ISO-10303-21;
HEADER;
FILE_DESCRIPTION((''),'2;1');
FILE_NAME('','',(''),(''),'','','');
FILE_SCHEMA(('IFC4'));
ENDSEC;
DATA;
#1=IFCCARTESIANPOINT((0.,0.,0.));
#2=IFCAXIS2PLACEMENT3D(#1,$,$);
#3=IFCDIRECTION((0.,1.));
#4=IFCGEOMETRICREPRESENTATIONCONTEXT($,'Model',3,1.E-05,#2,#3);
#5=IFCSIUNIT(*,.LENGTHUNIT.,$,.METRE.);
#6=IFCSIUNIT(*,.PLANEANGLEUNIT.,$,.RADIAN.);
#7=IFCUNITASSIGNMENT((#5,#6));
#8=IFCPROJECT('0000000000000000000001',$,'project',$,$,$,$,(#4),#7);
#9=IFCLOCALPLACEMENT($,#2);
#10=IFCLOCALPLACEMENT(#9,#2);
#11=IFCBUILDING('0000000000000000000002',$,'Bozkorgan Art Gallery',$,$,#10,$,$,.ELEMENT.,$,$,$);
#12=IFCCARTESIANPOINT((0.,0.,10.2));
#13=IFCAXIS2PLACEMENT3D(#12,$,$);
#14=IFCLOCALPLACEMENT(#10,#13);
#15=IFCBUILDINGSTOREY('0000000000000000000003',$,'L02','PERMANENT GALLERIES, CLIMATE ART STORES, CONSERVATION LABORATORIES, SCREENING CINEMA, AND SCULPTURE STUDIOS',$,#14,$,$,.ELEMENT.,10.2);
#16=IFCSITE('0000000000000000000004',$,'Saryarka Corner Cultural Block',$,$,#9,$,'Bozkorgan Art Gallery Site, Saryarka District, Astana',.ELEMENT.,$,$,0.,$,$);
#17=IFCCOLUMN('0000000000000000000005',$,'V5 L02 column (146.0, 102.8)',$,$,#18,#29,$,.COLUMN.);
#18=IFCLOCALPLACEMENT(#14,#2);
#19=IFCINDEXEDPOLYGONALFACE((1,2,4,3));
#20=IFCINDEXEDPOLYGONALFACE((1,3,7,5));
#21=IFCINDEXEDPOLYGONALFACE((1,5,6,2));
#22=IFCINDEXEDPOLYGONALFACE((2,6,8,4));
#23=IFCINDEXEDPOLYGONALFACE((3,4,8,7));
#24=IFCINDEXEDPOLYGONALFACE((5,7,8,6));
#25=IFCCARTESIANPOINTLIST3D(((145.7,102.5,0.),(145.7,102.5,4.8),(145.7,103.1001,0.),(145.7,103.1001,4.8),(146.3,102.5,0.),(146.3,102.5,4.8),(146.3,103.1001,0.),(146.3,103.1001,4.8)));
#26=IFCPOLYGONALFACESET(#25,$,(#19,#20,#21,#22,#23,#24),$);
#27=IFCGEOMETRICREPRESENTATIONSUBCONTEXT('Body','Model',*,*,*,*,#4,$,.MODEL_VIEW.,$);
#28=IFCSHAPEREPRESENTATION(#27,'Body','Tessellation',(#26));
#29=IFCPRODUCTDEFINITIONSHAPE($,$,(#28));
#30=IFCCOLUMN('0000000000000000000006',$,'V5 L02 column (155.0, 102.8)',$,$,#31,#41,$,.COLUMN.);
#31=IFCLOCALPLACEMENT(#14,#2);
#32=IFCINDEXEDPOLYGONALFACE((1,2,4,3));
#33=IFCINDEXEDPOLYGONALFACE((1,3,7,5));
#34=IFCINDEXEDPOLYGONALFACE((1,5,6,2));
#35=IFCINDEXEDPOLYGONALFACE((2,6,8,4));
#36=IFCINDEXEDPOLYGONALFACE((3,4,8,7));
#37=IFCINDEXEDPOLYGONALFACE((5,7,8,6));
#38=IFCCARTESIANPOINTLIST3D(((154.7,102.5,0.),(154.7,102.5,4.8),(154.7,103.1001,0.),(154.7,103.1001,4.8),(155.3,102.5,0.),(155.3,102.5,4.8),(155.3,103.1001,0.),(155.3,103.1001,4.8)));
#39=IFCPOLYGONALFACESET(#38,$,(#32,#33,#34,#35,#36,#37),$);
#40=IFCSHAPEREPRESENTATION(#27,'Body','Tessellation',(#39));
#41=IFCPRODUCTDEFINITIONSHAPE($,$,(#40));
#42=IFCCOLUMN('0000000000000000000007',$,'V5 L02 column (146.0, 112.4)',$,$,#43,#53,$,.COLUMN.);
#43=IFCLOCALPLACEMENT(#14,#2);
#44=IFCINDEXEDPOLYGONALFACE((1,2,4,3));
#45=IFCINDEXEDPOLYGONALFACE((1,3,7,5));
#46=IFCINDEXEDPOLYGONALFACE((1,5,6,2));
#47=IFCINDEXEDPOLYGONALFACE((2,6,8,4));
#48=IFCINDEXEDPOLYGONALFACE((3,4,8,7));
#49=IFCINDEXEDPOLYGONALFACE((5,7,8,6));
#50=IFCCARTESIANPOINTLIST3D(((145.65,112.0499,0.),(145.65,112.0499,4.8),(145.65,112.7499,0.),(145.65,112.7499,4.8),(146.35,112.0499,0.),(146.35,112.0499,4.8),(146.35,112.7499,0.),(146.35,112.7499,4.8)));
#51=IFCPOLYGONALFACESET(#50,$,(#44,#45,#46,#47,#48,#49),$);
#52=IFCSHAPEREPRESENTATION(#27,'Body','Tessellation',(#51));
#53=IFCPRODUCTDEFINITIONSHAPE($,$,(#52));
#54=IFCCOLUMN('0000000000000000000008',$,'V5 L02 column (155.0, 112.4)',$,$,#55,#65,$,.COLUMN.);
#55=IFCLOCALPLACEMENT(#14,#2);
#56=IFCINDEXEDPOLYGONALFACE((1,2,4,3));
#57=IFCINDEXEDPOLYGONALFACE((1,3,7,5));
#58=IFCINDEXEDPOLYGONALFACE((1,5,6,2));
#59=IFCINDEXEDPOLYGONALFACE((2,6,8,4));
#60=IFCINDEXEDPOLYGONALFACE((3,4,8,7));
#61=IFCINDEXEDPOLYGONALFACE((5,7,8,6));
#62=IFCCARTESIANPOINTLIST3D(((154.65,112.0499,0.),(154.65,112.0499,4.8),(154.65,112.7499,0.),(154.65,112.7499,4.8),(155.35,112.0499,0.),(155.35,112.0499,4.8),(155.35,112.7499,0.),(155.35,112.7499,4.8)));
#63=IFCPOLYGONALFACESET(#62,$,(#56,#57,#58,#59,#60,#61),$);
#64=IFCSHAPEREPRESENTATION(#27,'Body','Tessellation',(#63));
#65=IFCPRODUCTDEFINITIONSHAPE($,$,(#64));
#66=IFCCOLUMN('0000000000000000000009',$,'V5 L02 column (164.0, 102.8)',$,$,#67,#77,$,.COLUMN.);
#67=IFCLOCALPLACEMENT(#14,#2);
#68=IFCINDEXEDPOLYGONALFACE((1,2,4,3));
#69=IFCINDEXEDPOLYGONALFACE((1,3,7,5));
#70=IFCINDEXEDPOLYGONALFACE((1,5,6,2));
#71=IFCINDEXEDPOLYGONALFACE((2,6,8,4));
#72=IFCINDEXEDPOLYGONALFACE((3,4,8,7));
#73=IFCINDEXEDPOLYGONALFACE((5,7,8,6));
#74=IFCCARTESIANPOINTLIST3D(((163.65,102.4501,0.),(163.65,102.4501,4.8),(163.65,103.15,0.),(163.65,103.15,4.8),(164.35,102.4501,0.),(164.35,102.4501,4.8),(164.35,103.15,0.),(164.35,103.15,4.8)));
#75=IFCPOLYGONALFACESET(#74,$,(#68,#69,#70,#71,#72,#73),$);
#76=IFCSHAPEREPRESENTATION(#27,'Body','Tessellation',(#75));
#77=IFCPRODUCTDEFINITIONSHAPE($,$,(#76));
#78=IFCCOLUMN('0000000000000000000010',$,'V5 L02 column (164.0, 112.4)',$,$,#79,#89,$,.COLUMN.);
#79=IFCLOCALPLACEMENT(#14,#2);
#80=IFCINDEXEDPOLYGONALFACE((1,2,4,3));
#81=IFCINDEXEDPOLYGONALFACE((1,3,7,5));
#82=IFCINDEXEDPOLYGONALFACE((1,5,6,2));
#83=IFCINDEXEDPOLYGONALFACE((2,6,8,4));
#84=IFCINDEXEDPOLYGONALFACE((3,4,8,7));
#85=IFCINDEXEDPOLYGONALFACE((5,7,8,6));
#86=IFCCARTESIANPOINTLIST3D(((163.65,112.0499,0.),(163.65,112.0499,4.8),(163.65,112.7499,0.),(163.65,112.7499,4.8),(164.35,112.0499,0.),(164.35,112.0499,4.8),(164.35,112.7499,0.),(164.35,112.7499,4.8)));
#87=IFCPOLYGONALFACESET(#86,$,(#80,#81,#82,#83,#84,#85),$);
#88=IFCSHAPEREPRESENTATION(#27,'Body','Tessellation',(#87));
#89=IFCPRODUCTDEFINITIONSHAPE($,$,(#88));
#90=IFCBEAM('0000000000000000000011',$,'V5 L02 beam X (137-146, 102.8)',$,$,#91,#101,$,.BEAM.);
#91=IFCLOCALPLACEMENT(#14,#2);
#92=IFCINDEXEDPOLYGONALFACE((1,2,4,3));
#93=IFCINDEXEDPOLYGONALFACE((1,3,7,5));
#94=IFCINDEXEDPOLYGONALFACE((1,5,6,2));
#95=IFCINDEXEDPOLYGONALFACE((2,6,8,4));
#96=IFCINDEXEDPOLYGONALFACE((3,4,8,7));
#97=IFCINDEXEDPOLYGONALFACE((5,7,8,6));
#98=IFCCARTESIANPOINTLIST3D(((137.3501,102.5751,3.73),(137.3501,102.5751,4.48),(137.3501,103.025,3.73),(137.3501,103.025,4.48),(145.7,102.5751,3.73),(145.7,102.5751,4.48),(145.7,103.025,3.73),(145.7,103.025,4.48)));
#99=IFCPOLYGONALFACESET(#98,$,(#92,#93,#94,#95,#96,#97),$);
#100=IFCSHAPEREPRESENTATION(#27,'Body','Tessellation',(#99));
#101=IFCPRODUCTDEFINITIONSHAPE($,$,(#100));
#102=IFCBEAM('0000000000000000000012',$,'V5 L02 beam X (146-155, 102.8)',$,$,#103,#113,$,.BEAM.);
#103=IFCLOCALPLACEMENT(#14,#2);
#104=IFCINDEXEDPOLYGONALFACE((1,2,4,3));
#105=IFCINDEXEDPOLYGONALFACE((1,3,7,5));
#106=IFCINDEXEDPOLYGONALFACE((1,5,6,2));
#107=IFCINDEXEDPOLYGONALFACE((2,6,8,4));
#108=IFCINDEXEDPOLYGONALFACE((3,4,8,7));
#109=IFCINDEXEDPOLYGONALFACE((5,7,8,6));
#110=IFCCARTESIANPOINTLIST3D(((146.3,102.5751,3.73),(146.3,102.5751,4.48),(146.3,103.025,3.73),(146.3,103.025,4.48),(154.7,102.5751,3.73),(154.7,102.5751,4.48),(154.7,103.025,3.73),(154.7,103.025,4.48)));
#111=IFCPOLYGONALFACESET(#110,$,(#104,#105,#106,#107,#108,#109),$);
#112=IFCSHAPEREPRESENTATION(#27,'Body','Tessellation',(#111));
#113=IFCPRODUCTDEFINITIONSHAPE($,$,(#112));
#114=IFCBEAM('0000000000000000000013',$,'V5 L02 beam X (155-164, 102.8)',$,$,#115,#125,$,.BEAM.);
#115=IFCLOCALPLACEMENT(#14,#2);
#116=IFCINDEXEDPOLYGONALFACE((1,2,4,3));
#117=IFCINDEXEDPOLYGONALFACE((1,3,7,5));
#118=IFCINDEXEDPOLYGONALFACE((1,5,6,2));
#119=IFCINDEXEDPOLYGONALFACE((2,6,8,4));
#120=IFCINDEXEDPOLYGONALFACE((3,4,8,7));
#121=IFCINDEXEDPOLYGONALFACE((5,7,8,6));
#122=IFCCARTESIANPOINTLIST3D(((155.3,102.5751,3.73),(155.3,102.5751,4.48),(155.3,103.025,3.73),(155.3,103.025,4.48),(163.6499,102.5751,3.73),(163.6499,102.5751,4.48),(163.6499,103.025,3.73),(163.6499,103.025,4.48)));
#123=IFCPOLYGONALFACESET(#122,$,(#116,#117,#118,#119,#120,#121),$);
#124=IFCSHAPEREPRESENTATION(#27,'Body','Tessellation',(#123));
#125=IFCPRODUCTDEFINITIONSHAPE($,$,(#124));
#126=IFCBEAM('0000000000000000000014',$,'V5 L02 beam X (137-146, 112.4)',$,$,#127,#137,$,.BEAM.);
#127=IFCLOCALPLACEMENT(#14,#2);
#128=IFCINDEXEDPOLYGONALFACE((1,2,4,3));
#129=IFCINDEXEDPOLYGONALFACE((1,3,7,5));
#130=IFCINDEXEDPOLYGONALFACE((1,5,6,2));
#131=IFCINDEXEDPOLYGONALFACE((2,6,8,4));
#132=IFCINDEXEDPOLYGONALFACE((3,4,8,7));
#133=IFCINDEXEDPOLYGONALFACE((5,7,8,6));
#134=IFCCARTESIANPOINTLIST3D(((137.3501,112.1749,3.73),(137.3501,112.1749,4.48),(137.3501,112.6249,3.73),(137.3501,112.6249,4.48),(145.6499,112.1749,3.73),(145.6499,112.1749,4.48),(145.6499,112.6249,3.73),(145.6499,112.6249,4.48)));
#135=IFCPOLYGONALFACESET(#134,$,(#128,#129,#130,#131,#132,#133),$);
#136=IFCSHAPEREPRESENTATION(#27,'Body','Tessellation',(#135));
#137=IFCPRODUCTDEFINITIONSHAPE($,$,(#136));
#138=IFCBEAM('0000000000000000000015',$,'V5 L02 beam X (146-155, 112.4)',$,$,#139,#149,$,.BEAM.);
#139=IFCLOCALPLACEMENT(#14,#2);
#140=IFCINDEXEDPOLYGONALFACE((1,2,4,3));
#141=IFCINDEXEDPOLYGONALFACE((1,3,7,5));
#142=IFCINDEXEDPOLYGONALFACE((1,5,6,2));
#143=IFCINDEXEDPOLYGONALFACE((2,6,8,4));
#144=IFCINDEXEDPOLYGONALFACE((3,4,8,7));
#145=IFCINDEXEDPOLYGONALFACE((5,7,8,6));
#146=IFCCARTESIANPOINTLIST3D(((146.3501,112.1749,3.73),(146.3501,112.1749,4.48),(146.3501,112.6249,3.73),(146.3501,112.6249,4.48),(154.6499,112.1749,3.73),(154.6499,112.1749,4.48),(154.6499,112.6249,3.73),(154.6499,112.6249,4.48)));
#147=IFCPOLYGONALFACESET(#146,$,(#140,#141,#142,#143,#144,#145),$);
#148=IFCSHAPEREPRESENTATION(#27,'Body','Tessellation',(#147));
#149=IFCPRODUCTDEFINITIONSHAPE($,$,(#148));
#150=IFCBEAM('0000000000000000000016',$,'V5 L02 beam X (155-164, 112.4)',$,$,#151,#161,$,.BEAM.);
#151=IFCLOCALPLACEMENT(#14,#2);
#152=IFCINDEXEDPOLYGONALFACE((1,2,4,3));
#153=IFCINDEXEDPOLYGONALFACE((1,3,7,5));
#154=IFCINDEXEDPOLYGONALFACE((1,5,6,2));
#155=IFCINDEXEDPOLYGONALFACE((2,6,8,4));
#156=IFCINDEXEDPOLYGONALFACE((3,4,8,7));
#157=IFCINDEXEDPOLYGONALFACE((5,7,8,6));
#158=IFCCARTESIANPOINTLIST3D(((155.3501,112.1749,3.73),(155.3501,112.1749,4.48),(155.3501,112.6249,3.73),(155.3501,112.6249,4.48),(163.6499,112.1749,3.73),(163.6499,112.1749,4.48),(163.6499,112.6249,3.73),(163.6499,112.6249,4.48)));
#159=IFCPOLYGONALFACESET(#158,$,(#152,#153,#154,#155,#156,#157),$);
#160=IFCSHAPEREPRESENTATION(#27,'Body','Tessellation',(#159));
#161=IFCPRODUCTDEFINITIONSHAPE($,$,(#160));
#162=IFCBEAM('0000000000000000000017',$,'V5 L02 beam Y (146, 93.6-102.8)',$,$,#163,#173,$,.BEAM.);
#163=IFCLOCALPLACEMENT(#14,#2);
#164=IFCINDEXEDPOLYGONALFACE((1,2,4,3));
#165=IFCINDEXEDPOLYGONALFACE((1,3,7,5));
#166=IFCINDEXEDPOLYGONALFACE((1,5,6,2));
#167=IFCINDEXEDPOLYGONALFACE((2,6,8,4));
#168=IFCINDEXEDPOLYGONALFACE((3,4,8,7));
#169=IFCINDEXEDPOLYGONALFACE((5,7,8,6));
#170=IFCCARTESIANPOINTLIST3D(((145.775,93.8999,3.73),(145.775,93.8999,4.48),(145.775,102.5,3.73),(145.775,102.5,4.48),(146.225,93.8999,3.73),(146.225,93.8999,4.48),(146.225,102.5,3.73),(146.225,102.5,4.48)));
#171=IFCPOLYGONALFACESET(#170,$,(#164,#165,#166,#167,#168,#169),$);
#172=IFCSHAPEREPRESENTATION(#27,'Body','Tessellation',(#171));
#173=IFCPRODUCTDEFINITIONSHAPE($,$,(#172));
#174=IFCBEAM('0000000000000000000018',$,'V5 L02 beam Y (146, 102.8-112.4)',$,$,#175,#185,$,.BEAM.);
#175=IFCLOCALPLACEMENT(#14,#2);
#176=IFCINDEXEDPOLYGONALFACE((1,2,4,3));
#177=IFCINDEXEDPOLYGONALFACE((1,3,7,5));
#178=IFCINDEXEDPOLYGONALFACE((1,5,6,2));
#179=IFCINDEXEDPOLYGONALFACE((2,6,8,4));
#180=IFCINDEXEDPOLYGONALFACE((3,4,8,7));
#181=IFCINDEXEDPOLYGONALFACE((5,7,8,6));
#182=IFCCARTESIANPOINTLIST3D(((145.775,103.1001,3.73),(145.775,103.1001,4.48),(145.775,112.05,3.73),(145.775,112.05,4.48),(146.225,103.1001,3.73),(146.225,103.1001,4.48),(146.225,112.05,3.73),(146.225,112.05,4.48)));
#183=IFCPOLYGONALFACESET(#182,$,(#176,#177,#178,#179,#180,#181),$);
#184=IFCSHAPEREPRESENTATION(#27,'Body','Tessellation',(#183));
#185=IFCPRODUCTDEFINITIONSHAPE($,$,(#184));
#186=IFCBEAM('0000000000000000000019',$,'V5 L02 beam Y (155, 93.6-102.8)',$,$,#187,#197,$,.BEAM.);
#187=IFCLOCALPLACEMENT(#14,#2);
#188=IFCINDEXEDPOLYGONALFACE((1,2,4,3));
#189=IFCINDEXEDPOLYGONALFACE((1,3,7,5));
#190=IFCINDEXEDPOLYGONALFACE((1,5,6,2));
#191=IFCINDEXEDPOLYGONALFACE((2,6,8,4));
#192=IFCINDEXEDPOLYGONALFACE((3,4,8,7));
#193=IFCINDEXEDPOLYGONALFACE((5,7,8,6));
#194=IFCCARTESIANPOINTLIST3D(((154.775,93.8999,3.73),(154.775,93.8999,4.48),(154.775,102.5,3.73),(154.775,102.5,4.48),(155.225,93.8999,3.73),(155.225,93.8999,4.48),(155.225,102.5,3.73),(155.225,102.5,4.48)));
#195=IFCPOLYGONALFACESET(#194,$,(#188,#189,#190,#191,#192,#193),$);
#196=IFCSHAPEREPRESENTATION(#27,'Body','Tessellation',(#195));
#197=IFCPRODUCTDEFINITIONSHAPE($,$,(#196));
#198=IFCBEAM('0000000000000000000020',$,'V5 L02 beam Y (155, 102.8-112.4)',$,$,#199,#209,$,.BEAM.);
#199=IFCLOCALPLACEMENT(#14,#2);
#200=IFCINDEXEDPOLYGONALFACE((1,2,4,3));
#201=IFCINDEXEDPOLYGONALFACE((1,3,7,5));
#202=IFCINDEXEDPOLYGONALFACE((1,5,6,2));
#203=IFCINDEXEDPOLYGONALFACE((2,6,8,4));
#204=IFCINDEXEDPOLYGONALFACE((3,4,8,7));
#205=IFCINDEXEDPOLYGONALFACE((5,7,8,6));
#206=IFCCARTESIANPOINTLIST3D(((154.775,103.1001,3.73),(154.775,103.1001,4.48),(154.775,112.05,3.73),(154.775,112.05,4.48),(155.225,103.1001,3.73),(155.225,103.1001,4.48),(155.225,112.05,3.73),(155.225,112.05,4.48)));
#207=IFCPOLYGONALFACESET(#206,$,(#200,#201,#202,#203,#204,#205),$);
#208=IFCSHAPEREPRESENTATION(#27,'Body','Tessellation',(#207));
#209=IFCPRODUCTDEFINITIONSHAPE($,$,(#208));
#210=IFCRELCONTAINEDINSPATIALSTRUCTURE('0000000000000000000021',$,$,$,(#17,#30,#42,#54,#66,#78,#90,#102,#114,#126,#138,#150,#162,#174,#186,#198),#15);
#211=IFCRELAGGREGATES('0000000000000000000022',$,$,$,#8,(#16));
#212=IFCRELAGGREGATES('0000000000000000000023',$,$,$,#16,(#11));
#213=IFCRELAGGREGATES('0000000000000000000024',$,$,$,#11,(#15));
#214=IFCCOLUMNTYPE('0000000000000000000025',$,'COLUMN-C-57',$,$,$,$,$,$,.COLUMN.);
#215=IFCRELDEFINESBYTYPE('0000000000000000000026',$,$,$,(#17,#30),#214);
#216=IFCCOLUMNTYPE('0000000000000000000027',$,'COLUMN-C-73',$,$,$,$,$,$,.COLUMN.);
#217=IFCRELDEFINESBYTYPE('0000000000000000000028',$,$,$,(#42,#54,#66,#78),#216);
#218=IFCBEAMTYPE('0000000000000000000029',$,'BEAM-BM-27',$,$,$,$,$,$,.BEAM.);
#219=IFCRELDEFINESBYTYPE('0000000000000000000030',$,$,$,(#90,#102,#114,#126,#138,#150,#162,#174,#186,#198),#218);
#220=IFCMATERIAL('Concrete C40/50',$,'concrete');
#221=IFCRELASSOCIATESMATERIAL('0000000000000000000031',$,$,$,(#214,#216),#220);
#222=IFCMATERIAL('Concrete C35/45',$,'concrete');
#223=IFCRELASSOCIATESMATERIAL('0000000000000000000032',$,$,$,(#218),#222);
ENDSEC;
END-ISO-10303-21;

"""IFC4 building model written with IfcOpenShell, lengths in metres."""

from ifc_helpers import new_model, si_unit, direction, frame, origin, origin_2d, place, context, subcontext, project, spatial, rectangle, extrude, material, material_profile, profile_set, type_object, element, save


model = new_model("IFC4")

# Units and contexts
model_context = context("Model", 3, precision=1e-05, world=origin(), true_north=direction((0.0, 1.0)))
body_context = subcontext(model_context, "Body", "Model", "MODEL_VIEW")
ifc_project = project(units=[si_unit("LENGTHUNIT", "METRE"), si_unit("PLANEANGLEUNIT", "RADIAN")], contexts=[model_context])

# Site, building, storey
site_placement = place(None, origin())
site = spatial("IfcSite", under=ifc_project, at=site_placement, Name="Saryarka Corner Cultural Block", LongName="Bozkorgan Art Gallery Site, Saryarka District, Astana", CompositionType="ELEMENT", RefElevation=0.0)
building_placement = place(site_placement, origin())
building = spatial("IfcBuilding", under=site, at=building_placement, Name="Bozkorgan Art Gallery", CompositionType="ELEMENT")
storey_placement = place(building_placement, frame((0.0, 0.0, 10.2)))
storey = spatial("IfcBuildingStorey", under=building, at=storey_placement, Name="L02", Description="PERMANENT GALLERIES, CLIMATE ART STORES, CONSERVATION LABORATORIES, SCREENING CINEMA, AND SCULPTURE STUDIOS", CompositionType="ELEMENT", Elevation=10.2)

# Columns
ifc_material_1 = material(Name="Concrete C40/50", Category="concrete")
ifc_material_profile_1 = material_profile(ifc_material_1, rectangle(XDim=0.6001, YDim=0.6001, at=origin_2d()), Name="RC 600x600")
ifc_profile_set_1 = profile_set([ifc_material_profile_1], Name="Concrete C40/50")
column_type_1 = type_object("IfcColumnType", Name="COLUMN-C-57", PredefinedType="COLUMN", material=ifc_profile_set_1)
for number, where, z_axis, x_axis, name in (
    (1, (146.0, 102.8, 0.0), (0.0, 0.0, 1.0), (1.0, 0.0, 0.0), "V5 L02 column (146.0, 102.8)"),
    (2, (155.0, 102.8, 0.0), (0.0, 0.0, 1.0), (1.0, 0.0, 0.0), "V5 L02 column (155.0, 102.8)"),
):
    element("IfcColumn", number, at=place(storey_placement, frame(where, z_axis=z_axis, x_axis=x_axis)), inside=storey, type_object=column_type_1, Name=name, PredefinedType="COLUMN", context=body_context, shape_type="SweptSolid", body=[
        extrude(rectangle(XDim=0.6001, YDim=0.6001, at=origin_2d()), origin(), (0.0, 0.0, 1.0), 4.8),
    ])
ifc_material_profile_2 = material_profile(ifc_material_1, rectangle(XDim=0.7, YDim=0.7, at=origin_2d()), Name="RC 700x700")
ifc_profile_set_2 = profile_set([ifc_material_profile_2], Name="Concrete C40/50")
column_type_2 = type_object("IfcColumnType", Name="COLUMN-C-73", PredefinedType="COLUMN", material=ifc_profile_set_2)
for number, where, z_axis, x_axis, name in (
    (3, (146.0, 112.3999, 0.0), (0.0, 0.0, 1.0), (1.0, 0.0, 0.0), "V5 L02 column (146.0, 112.4)"),
    (4, (155.0, 112.3999, 0.0), (0.0, 0.0, 1.0), (1.0, 0.0, 0.0), "V5 L02 column (155.0, 112.4)"),
    (5, (164.0, 102.8, 0.0), (0.0, 0.0, 1.0), (1.0, 0.0, 0.0), "V5 L02 column (164.0, 102.8)"),
    (6, (164.0, 112.3999, 0.0), (0.0, 0.0, 1.0), (1.0, 0.0, 0.0), "V5 L02 column (164.0, 112.4)"),
):
    element("IfcColumn", number, at=place(storey_placement, frame(where, z_axis=z_axis, x_axis=x_axis)), inside=storey, type_object=column_type_2, Name=name, PredefinedType="COLUMN", context=body_context, shape_type="SweptSolid", body=[
        extrude(rectangle(XDim=0.7, YDim=0.7, at=origin_2d()), origin(), (0.0, 0.0, 1.0), 4.8),
    ])

# Beams
ifc_material_2 = material(Name="Concrete C35/45", Category="concrete")
ifc_material_profile_3 = material_profile(ifc_material_2, rectangle(XDim=0.45, YDim=0.75, at=origin_2d()), Name="RC 450x750")
ifc_profile_set_3 = profile_set([ifc_material_profile_3], Name="Concrete C35/45")
beam_type_1 = type_object("IfcBeamType", Name="BEAM-BM-27", PredefinedType="BEAM", material=ifc_profile_set_3)
beam_1_placement = place(storey_placement, frame((137.3501, 102.8, 4.105), z_axis=(1.0, 0.0, 0.0), x_axis=(0.0, 1.0, 0.0)))
element("IfcBeam", 7, at=beam_1_placement, inside=storey, type_object=beam_type_1, Name="V5 L02 beam X (137-146, 102.8)", PredefinedType="BEAM", context=body_context, shape_type="SweptSolid", body=[
    extrude(rectangle(XDim=0.45, YDim=0.75, at=origin_2d()), origin(), (0.0, 0.0, 1.0), 8.3499),
])
beam_2_placement = place(storey_placement, frame((146.3, 102.8, 4.105), z_axis=(1.0, 0.0, 0.0), x_axis=(0.0, 1.0, 0.0)))
element("IfcBeam", 8, at=beam_2_placement, inside=storey, type_object=beam_type_1, Name="V5 L02 beam X (146-155, 102.8)", PredefinedType="BEAM", context=body_context, shape_type="SweptSolid", body=[
    extrude(rectangle(XDim=0.45, YDim=0.75, at=origin_2d()), origin(), (0.0, 0.0, 1.0), 8.3999),
])
beam_3_placement = place(storey_placement, frame((155.3, 102.8, 4.105), z_axis=(1.0, 0.0, 0.0), x_axis=(0.0, 1.0, 0.0)))
element("IfcBeam", 9, at=beam_3_placement, inside=storey, type_object=beam_type_1, Name="V5 L02 beam X (155-164, 102.8)", PredefinedType="BEAM", context=body_context, shape_type="SweptSolid", body=[
    extrude(rectangle(XDim=0.45, YDim=0.75, at=origin_2d()), origin(), (0.0, 0.0, 1.0), 8.3499),
])
for number, where, z_axis, x_axis, name in (
    (10, (137.3501, 112.3999, 4.105), (1.0, 0.0, 0.0), (0.0, 1.0, 0.0), "V5 L02 beam X (137-146, 112.4)"),
    (11, (146.3501, 112.3999, 4.105), (1.0, 0.0, 0.0), (0.0, 1.0, 0.0), "V5 L02 beam X (146-155, 112.4)"),
    (12, (155.3501, 112.3999, 4.105), (1.0, 0.0, 0.0), (0.0, 1.0, 0.0), "V5 L02 beam X (155-164, 112.4)"),
):
    element("IfcBeam", number, at=place(storey_placement, frame(where, z_axis=z_axis, x_axis=x_axis)), inside=storey, type_object=beam_type_1, Name=name, PredefinedType="BEAM", context=body_context, shape_type="SweptSolid", body=[
        extrude(rectangle(XDim=0.45, YDim=0.75, at=origin_2d()), origin(), (0.0, 0.0, 1.0), 8.2998),
    ])
beam_4_placement = place(storey_placement, frame((146.0, 93.8999, 4.105), z_axis=(0.0, 1.0, 0.0), x_axis=(-1.0, 0.0, 0.0)))
element("IfcBeam", 13, at=beam_4_placement, inside=storey, type_object=beam_type_1, Name="V5 L02 beam Y (146, 93.6-102.8)", PredefinedType="BEAM", context=body_context, shape_type="SweptSolid", body=[
    extrude(rectangle(XDim=0.45, YDim=0.75, at=origin_2d()), origin(), (0.0, 0.0, 1.0), 8.6001),
])
beam_5_placement = place(storey_placement, frame((146.0, 103.1001, 4.105), z_axis=(0.0, 1.0, 0.0), x_axis=(-1.0, 0.0, 0.0)))
element("IfcBeam", 14, at=beam_5_placement, inside=storey, type_object=beam_type_1, Name="V5 L02 beam Y (146, 102.8-112.4)", PredefinedType="BEAM", context=body_context, shape_type="SweptSolid", body=[
    extrude(rectangle(XDim=0.45, YDim=0.75, at=origin_2d()), origin(), (0.0, 0.0, 1.0), 8.95),
])
beam_6_placement = place(storey_placement, frame((155.0, 93.8999, 4.105), z_axis=(0.0, 1.0, 0.0), x_axis=(-1.0, 0.0, 0.0)))
element("IfcBeam", 15, at=beam_6_placement, inside=storey, type_object=beam_type_1, Name="V5 L02 beam Y (155, 93.6-102.8)", PredefinedType="BEAM", context=body_context, shape_type="SweptSolid", body=[
    extrude(rectangle(XDim=0.45, YDim=0.75, at=origin_2d()), origin(), (0.0, 0.0, 1.0), 8.6001),
])
beam_7_placement = place(storey_placement, frame((155.0, 103.1001, 4.105), z_axis=(0.0, 1.0, 0.0), x_axis=(-1.0, 0.0, 0.0)))
element("IfcBeam", 16, at=beam_7_placement, inside=storey, type_object=beam_type_1, Name="V5 L02 beam Y (155, 102.8-112.4)", PredefinedType="BEAM", context=body_context, shape_type="SweptSolid", body=[
    extrude(rectangle(XDim=0.45, YDim=0.75, at=origin_2d()), origin(), (0.0, 0.0, 1.0), 8.95),
])

save(model, "model.ifc")
